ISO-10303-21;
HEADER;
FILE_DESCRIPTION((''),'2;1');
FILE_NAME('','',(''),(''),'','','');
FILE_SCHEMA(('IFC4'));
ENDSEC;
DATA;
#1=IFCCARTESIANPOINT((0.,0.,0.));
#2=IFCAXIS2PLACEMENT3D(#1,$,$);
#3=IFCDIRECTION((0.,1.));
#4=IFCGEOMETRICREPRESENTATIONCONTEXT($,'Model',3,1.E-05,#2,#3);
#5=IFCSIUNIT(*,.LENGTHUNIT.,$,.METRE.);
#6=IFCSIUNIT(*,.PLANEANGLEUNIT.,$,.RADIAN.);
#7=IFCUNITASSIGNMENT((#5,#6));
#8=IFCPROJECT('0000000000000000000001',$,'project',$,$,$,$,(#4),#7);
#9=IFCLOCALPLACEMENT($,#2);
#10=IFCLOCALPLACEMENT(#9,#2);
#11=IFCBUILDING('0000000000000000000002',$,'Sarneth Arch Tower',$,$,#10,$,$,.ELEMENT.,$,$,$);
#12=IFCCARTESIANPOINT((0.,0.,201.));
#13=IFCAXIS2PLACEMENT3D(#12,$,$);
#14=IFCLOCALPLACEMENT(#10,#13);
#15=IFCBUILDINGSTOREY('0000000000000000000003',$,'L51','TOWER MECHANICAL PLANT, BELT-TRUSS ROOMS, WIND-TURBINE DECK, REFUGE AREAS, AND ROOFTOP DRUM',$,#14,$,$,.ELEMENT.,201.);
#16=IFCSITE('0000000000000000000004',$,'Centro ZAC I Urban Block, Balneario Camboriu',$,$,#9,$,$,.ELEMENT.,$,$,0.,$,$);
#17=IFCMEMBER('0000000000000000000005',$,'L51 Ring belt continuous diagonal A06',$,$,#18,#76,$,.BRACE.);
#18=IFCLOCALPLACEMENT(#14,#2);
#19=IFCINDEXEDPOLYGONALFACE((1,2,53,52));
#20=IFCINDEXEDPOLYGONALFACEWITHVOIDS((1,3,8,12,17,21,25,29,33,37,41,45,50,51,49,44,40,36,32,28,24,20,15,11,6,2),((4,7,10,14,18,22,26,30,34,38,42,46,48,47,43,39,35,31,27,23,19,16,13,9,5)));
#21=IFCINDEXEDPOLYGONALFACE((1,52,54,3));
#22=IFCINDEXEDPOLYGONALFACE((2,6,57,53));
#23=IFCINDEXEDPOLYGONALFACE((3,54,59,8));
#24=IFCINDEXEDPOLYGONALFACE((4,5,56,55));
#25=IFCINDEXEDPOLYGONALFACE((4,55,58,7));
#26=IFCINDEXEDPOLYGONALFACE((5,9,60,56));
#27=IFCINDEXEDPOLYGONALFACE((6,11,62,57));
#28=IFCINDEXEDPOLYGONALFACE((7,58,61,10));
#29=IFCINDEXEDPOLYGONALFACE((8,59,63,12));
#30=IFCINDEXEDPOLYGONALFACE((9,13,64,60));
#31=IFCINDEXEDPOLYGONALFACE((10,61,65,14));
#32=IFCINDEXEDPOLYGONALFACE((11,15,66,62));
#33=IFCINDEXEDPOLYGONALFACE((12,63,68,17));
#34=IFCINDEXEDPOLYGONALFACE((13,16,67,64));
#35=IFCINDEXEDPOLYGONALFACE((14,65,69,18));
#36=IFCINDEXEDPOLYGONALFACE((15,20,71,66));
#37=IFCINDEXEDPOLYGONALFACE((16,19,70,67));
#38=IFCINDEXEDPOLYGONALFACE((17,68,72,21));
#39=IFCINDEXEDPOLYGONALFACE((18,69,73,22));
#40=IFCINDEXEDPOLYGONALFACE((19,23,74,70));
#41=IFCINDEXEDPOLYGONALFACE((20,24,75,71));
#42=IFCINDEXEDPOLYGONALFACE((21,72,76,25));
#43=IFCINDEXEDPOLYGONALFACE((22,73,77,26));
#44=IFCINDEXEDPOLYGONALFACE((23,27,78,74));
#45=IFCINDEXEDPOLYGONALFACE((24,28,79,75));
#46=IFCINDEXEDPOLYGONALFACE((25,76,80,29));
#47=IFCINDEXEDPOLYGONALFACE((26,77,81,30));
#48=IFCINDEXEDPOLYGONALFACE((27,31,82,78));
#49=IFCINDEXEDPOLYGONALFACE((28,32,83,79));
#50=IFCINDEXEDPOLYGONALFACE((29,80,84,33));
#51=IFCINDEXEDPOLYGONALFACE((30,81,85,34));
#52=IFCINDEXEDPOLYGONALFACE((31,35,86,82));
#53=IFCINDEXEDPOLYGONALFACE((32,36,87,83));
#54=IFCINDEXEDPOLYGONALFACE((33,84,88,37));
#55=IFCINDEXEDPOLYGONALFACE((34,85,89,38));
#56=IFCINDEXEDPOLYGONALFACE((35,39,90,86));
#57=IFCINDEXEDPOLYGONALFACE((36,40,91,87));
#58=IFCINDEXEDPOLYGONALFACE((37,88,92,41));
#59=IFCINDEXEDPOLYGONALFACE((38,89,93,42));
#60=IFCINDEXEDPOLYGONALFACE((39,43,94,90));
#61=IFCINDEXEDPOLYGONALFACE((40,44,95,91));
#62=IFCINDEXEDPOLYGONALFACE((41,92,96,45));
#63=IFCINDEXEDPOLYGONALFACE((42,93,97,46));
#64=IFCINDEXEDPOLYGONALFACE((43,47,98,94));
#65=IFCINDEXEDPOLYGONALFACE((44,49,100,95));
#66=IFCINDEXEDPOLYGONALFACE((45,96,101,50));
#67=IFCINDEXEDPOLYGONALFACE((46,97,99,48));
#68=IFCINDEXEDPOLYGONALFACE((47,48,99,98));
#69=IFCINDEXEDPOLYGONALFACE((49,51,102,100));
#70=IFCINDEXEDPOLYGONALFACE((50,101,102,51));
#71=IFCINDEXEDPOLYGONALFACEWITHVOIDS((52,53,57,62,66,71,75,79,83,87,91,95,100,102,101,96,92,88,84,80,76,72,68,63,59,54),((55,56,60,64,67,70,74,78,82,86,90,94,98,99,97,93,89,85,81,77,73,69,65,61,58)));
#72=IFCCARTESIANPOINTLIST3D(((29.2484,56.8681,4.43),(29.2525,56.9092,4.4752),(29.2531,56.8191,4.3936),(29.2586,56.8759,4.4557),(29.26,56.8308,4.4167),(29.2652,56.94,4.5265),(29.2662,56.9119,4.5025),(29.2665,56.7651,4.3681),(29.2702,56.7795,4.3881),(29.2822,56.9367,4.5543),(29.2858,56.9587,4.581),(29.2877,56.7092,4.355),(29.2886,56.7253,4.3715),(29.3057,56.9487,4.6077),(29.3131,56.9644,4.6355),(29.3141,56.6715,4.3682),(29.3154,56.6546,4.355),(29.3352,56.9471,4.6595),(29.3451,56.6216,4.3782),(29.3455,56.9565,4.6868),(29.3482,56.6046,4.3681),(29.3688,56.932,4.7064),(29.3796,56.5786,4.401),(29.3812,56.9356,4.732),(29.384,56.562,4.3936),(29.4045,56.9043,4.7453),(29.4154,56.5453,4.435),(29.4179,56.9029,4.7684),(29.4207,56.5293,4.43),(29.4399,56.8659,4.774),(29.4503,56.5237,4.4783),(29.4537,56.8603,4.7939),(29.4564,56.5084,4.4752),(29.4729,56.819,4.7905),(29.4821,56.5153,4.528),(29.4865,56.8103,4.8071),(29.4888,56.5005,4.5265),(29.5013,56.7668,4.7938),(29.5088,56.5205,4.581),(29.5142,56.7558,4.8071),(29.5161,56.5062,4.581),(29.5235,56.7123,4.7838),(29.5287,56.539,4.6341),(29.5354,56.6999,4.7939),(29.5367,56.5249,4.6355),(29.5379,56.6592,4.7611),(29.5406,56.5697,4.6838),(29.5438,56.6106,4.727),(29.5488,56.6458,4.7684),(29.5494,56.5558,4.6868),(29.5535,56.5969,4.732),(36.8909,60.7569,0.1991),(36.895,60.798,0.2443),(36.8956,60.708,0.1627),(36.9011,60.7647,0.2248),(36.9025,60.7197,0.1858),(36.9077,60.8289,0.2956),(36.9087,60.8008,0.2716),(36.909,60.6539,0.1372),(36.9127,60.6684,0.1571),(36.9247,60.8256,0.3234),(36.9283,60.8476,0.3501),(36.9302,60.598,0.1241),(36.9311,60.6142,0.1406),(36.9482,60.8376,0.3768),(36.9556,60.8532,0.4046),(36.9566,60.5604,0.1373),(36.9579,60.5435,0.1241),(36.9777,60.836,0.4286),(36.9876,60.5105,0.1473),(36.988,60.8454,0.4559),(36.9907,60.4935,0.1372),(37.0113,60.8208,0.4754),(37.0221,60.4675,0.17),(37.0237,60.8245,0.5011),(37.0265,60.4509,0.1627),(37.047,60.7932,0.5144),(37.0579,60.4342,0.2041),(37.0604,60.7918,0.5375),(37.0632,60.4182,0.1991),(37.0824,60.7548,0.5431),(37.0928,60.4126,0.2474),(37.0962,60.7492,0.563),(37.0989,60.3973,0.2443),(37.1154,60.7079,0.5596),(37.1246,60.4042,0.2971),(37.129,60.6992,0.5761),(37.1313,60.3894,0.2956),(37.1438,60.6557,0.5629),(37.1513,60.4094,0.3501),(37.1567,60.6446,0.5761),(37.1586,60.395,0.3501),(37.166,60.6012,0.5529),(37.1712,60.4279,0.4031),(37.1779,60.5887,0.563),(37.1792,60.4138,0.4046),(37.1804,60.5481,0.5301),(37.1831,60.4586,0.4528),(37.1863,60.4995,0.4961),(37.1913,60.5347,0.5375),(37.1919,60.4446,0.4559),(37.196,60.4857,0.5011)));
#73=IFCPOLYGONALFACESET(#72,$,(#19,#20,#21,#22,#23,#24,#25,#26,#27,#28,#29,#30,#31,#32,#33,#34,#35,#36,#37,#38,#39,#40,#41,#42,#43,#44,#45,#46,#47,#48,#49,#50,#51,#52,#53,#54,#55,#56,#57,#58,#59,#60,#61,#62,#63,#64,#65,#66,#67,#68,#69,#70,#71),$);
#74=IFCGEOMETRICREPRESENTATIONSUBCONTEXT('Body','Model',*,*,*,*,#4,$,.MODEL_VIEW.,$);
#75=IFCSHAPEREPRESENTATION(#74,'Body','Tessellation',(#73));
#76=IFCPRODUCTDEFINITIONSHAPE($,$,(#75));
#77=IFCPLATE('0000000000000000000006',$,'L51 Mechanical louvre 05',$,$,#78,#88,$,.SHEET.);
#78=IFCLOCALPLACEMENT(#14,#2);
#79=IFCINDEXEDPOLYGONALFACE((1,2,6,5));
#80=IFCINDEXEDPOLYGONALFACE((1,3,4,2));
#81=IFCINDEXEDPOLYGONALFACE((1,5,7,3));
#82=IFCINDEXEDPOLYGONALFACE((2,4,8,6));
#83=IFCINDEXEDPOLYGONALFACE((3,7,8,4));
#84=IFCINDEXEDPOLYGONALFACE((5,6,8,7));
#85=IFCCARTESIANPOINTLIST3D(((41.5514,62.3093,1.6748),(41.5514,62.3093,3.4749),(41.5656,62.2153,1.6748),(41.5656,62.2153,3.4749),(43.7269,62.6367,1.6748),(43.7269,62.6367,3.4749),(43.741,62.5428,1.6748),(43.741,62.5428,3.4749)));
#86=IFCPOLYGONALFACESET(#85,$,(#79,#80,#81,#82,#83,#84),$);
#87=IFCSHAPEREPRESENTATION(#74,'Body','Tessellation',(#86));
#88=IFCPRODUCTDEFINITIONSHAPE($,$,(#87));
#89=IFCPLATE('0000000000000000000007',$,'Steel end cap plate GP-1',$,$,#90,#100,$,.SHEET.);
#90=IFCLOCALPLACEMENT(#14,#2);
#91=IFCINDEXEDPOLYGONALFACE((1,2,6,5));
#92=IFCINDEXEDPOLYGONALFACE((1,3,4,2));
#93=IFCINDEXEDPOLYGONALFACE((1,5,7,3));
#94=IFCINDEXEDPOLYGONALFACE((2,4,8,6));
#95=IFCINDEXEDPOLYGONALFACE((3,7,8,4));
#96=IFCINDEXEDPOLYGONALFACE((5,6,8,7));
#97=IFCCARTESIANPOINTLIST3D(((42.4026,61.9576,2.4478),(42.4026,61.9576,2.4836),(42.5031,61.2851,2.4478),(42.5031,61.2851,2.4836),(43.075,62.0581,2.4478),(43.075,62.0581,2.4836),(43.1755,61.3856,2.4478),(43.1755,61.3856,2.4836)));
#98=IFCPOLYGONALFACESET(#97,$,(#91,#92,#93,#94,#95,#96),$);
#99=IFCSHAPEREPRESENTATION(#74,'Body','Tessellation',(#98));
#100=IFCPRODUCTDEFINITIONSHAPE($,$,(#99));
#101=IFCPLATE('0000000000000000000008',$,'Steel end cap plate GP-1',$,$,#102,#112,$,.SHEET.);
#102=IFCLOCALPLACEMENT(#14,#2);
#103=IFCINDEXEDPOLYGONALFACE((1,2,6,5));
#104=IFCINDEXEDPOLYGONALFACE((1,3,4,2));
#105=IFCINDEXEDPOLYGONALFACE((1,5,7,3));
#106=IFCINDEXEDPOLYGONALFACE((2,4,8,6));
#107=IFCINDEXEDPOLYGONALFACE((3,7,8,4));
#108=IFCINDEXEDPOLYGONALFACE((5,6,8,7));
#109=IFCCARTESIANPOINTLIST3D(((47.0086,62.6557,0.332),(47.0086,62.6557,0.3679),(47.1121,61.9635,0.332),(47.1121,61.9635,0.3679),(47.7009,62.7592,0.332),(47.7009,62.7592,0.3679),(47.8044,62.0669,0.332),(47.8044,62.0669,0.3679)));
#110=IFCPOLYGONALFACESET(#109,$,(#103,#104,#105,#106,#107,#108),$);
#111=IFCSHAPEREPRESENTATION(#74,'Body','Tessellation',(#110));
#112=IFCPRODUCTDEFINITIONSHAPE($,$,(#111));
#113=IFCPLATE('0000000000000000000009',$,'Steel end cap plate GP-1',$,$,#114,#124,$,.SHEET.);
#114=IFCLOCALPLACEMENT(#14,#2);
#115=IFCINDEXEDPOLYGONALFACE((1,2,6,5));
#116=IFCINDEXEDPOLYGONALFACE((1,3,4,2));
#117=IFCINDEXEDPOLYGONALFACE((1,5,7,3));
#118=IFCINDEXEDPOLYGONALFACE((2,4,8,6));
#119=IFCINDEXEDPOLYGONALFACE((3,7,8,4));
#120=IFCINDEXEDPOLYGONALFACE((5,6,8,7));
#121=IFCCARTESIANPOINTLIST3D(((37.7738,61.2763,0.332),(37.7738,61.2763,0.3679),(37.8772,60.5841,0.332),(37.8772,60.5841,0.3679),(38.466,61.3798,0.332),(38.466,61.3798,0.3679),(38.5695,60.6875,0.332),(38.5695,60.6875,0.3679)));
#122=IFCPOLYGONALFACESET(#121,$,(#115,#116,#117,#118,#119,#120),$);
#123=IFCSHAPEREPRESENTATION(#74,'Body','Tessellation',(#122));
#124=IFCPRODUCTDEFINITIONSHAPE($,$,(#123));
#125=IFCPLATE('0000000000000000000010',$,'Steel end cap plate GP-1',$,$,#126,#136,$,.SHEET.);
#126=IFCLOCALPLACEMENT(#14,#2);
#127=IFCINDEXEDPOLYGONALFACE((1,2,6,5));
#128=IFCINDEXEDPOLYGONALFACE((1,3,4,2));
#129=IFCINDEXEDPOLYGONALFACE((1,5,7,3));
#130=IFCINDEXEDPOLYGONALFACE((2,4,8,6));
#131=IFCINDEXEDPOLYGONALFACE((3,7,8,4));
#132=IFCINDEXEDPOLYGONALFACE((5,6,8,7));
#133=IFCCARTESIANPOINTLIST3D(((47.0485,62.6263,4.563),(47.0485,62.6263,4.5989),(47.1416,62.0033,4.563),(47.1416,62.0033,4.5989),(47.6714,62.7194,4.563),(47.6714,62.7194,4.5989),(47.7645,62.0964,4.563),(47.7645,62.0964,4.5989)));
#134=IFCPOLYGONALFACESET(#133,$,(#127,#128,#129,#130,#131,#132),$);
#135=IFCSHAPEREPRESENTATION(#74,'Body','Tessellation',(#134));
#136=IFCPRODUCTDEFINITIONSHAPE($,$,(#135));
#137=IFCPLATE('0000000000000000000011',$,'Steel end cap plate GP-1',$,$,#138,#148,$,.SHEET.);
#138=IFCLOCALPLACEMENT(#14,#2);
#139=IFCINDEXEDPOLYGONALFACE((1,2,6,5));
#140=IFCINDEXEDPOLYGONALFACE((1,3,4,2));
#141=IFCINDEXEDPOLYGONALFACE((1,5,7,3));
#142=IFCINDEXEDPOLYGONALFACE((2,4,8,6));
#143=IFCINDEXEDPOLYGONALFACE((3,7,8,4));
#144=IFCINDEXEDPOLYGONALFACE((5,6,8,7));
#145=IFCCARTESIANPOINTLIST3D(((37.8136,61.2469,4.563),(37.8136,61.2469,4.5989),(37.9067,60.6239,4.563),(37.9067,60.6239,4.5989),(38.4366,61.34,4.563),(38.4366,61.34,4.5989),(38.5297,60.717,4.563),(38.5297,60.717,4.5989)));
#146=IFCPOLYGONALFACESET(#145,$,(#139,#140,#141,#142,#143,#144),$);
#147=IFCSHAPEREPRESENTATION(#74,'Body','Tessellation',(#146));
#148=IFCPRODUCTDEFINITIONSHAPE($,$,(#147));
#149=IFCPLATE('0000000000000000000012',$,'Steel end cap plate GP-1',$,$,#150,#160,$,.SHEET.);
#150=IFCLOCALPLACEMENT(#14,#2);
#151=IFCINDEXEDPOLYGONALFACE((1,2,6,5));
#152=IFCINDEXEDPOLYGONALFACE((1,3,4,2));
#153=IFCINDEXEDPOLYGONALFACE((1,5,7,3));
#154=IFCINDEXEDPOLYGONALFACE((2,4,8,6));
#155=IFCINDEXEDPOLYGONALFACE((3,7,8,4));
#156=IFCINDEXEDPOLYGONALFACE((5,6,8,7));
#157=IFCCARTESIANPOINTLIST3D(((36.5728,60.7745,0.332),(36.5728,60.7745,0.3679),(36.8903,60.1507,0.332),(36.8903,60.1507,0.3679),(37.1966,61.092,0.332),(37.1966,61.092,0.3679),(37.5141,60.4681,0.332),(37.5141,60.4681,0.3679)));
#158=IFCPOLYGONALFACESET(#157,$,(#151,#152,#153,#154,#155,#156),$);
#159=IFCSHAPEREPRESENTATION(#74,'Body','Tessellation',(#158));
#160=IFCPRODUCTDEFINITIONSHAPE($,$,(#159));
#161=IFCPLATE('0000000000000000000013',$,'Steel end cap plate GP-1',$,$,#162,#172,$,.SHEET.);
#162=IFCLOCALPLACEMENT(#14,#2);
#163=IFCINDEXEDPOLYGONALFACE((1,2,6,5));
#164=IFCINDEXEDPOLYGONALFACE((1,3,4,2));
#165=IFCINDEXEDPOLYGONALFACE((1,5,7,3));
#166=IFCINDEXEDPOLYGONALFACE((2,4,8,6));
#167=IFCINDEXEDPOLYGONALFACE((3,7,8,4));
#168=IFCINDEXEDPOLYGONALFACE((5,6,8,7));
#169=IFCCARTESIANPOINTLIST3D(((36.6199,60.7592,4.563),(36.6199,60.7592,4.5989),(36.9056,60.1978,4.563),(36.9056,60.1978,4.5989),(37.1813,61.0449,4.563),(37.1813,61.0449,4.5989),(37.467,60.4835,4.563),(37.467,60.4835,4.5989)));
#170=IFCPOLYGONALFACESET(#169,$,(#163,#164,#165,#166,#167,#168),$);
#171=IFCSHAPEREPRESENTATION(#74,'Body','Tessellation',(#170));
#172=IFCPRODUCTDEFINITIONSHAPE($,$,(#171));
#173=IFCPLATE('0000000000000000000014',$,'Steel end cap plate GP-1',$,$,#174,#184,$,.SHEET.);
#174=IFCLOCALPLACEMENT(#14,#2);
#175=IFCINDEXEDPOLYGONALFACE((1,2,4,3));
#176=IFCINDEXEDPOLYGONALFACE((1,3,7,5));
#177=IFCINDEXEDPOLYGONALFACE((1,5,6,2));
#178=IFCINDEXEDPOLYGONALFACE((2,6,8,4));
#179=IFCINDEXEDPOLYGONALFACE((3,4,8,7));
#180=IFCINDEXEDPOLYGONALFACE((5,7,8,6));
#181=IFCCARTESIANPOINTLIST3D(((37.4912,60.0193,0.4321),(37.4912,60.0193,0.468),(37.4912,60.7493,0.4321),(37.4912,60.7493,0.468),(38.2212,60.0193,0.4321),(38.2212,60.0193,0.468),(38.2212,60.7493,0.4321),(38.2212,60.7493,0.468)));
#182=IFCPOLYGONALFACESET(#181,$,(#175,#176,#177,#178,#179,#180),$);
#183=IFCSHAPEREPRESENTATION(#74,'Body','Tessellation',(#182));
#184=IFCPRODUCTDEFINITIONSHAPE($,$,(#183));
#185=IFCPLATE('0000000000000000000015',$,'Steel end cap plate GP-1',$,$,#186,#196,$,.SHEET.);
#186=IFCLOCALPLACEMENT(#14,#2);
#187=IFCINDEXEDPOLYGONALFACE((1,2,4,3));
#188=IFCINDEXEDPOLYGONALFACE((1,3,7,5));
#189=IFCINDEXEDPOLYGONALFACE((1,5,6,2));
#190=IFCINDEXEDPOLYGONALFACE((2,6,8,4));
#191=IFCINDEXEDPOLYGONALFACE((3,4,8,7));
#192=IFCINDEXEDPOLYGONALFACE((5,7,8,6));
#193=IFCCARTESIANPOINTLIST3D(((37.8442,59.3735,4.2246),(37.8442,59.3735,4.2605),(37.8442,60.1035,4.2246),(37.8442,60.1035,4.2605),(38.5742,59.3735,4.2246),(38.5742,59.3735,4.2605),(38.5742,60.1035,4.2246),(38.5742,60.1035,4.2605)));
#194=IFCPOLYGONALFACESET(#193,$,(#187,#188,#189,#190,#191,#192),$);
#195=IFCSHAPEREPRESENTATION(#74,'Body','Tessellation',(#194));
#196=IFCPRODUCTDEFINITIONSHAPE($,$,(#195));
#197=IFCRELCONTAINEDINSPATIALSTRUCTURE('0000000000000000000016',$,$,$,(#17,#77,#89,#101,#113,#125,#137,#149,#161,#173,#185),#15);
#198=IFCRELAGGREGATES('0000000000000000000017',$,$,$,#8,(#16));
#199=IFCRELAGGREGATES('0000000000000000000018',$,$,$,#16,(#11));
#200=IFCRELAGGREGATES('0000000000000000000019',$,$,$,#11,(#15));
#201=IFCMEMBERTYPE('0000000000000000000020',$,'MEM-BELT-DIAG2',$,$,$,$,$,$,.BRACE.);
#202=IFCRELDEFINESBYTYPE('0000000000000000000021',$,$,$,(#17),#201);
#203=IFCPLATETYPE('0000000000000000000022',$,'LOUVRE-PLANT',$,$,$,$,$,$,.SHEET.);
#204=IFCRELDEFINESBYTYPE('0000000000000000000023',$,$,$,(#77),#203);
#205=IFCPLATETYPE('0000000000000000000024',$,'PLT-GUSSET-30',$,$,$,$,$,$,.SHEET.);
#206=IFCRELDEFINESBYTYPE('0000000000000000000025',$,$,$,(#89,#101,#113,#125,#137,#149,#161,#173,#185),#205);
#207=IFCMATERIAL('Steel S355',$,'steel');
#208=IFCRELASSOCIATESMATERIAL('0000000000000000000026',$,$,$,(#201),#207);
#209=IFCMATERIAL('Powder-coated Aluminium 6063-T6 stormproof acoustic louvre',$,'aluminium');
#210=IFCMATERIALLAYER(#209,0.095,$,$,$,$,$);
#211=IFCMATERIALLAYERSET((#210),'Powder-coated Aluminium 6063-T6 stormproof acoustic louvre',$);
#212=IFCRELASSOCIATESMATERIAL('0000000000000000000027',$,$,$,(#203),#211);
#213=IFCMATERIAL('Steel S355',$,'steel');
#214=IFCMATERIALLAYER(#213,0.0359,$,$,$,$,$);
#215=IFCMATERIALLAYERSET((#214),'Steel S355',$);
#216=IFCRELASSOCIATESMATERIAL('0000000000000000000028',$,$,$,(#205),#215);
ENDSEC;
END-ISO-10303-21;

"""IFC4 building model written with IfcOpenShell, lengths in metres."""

from ifc_helpers import new_model, si_unit, direction, frame, origin, origin_2d, place, context, subcontext, project, spatial, rectangle, hollow_circle, extrude, material, layer, layer_set, material_profile, profile_set, type_object, element, save


model = new_model("IFC4")

# Units and contexts
model_context = context("Model", 3, precision=1e-05, world=origin(), true_north=direction((0.0, 1.0)))
body_context = subcontext(model_context, "Body", "Model", "MODEL_VIEW")
ifc_project = project(units=[si_unit("LENGTHUNIT", "METRE"), si_unit("PLANEANGLEUNIT", "RADIAN")], contexts=[model_context])

# Site, building, storey
site_placement = place(None, origin())
site = spatial("IfcSite", under=ifc_project, at=site_placement, Name="Centro ZAC I Urban Block, Balneario Camboriu", CompositionType="ELEMENT", RefElevation=0.0)
building_placement = place(site_placement, origin())
building = spatial("IfcBuilding", under=site, at=building_placement, Name="Sarneth Arch Tower", CompositionType="ELEMENT")
storey_placement = place(building_placement, frame((0.0, 0.0, 201.0)))
storey = spatial("IfcBuildingStorey", under=building, at=storey_placement, Name="L51", Description="TOWER MECHANICAL PLANT, BELT-TRUSS ROOMS, WIND-TURBINE DECK, REFUGE AREAS, AND ROOFTOP DRUM", CompositionType="ELEMENT", Elevation=201.0)

# Member
ifc_material_1 = material(Name="Steel S355", Category="steel")
ifc_material_profile_1 = material_profile(ifc_material_1, hollow_circle(Radius=0.2539, WallThickness=0.0161, at=origin_2d()), Name="CHS508x16")
ifc_profile_set_1 = profile_set([ifc_material_profile_1], Name="Steel S355")
member_type_1 = type_object("IfcMemberType", Name="MEM-BELT-DIAG2", PredefinedType="BRACE", material=ifc_profile_set_1)
member_1_placement = place(storey_placement, frame((37.0435, 60.6213, 0.3501), z_axis=(-0.799258, -0.406701, 0.442472), x_axis=(0.453512, -0.89125, 0.0)))
element("IfcMember", 1, at=member_1_placement, inside=storey, type_object=member_type_1, Name="L51 Ring belt continuous diagonal A06", PredefinedType="BRACE", context=body_context, shape_type="SweptSolid", body=[
    extrude(hollow_circle(Radius=0.2539, WallThickness=0.0161, at=origin_2d()), origin(), (0.0, 0.0, 1.0), 9.562),
])

# Plates
ifc_material_2 = material(Name="Powder-coated Aluminium 6063-T6 stormproof acoustic louvre", Category="aluminium")
ifc_layer_1 = layer(ifc_material_2, 0.095)
ifc_layer_set_1 = layer_set([ifc_layer_1], Name="Powder-coated Aluminium 6063-T6 stormproof acoustic louvre")
plate_type_1 = type_object("IfcPlateType", Name="LOUVRE-PLANT", PredefinedType="SHEET", material=ifc_layer_set_1)
plate_1_placement = place(storey_placement, frame((42.6462, 62.426, 1.6748), z_axis=(0.0, 0.0, 1.0), x_axis=(-0.988861, -0.148845, 0.0)))
element("IfcPlate", 2, at=plate_1_placement, inside=storey, type_object=plate_type_1, Name="L51 Mechanical louvre 05", PredefinedType="SHEET", context=body_context, shape_type="SweptSolid", body=[
    extrude(rectangle(XDim=2.2, YDim=0.095, at=origin_2d()), origin(), (0.0, 0.0, 1.0), 1.8),
])
ifc_material_3 = material(Name="Steel S355", Category="steel")
ifc_layer_2 = layer(ifc_material_3, 0.0359)
ifc_layer_set_2 = layer_set([ifc_layer_2], Name="Steel S355")
plate_type_2 = type_object("IfcPlateType", Name="PLT-GUSSET-30", PredefinedType="SHEET", material=ifc_layer_set_2)
plate_2_placement = place(storey_placement, frame((42.7891, 61.6716, 2.4478), z_axis=(0.0, 0.0, 1.0), x_axis=(-0.989016, -0.147809, 0.0)))
element("IfcPlate", 3, at=plate_2_placement, inside=storey, type_object=plate_type_2, Name="Steel end cap plate GP-1", PredefinedType="SHEET", context=body_context, shape_type="SweptSolid", body=[
    extrude(rectangle(XDim=0.6799, YDim=0.6799, at=origin_2d()), origin(), (0.0, 0.0, 1.0), 0.0359),
])
for number, where, z_axis, x_axis, name in (
    (4, (47.4065, 62.3613, 0.332), (0.0, 0.0, 1.0), (0.989016, 0.147809, 0.0), "Steel end cap plate GP-1"),
    (5, (38.1716, 60.9819, 0.332), (0.0, 0.0, 1.0), (-0.989016, -0.147809, 0.0), "Steel end cap plate GP-1"),
):
    element("IfcPlate", number, at=place(storey_placement, frame(where, z_axis=z_axis, x_axis=x_axis)), inside=storey, type_object=plate_type_2, Name=name, PredefinedType="SHEET", context=body_context, shape_type="SweptSolid", body=[
        extrude(rectangle(XDim=0.7, YDim=0.7, at=origin_2d()), origin(), (0.0, 0.0, 1.0), 0.0359),
    ])
for number, where, z_axis, x_axis, name in (
    (6, (47.4065, 62.3613, 4.563), (0.0, 0.0, 1.0), (0.989016, 0.147809, 0.0), "Steel end cap plate GP-1"),
    (7, (38.1716, 60.9819, 4.563), (0.0, 0.0, 1.0), (-0.989016, -0.147809, 0.0), "Steel end cap plate GP-1"),
):
    element("IfcPlate", number, at=place(storey_placement, frame(where, z_axis=z_axis, x_axis=x_axis)), inside=storey, type_object=plate_type_2, Name=name, PredefinedType="SHEET", context=body_context, shape_type="SweptSolid", body=[
        extrude(rectangle(XDim=0.6299, YDim=0.6299, at=origin_2d()), origin(), (0.0, 0.0, 1.0), 0.0359),
    ])
plate_3_placement = place(storey_placement, frame((37.0435, 60.6213, 0.332), z_axis=(0.0, 0.0, 1.0), x_axis=(0.891244, 0.453524, 0.0)))
element("IfcPlate", 8, at=plate_3_placement, inside=storey, type_object=plate_type_2, Name="Steel end cap plate GP-1", PredefinedType="SHEET", context=body_context, shape_type="SweptSolid", body=[
    extrude(rectangle(XDim=0.7, YDim=0.7, at=origin_2d()), origin(), (0.0, 0.0, 1.0), 0.0359),
])
plate_4_placement = place(storey_placement, frame((37.0435, 60.6213, 4.563), z_axis=(0.0, 0.0, 1.0), x_axis=(0.891244, 0.453524, 0.0)))
element("IfcPlate", 9, at=plate_4_placement, inside=storey, type_object=plate_type_2, Name="Steel end cap plate GP-1", PredefinedType="SHEET", context=body_context, shape_type="SweptSolid", body=[
    extrude(rectangle(XDim=0.6299, YDim=0.6299, at=origin_2d()), origin(), (0.0, 0.0, 1.0), 0.0359),
])
for number, where, z_axis, x_axis, name in (
    (10, (37.8562, 60.3843, 0.4321), (0.0, 0.0, 1.0), (1.0, 0.0, 0.0), "Steel end cap plate GP-1"),
    (11, (38.2092, 59.7385, 4.2246), (0.0, 0.0, 1.0), (1.0, 0.0, 0.0), "Steel end cap plate GP-1"),
):
    element("IfcPlate", number, at=place(storey_placement, frame(where, z_axis=z_axis, x_axis=x_axis)), inside=storey, type_object=plate_type_2, Name=name, PredefinedType="SHEET", context=body_context, shape_type="SweptSolid", body=[
        extrude(rectangle(XDim=0.73, YDim=0.73, at=origin_2d()), origin(), (0.0, 0.0, 1.0), 0.0359),
    ])

save(model, "model.ifc")
